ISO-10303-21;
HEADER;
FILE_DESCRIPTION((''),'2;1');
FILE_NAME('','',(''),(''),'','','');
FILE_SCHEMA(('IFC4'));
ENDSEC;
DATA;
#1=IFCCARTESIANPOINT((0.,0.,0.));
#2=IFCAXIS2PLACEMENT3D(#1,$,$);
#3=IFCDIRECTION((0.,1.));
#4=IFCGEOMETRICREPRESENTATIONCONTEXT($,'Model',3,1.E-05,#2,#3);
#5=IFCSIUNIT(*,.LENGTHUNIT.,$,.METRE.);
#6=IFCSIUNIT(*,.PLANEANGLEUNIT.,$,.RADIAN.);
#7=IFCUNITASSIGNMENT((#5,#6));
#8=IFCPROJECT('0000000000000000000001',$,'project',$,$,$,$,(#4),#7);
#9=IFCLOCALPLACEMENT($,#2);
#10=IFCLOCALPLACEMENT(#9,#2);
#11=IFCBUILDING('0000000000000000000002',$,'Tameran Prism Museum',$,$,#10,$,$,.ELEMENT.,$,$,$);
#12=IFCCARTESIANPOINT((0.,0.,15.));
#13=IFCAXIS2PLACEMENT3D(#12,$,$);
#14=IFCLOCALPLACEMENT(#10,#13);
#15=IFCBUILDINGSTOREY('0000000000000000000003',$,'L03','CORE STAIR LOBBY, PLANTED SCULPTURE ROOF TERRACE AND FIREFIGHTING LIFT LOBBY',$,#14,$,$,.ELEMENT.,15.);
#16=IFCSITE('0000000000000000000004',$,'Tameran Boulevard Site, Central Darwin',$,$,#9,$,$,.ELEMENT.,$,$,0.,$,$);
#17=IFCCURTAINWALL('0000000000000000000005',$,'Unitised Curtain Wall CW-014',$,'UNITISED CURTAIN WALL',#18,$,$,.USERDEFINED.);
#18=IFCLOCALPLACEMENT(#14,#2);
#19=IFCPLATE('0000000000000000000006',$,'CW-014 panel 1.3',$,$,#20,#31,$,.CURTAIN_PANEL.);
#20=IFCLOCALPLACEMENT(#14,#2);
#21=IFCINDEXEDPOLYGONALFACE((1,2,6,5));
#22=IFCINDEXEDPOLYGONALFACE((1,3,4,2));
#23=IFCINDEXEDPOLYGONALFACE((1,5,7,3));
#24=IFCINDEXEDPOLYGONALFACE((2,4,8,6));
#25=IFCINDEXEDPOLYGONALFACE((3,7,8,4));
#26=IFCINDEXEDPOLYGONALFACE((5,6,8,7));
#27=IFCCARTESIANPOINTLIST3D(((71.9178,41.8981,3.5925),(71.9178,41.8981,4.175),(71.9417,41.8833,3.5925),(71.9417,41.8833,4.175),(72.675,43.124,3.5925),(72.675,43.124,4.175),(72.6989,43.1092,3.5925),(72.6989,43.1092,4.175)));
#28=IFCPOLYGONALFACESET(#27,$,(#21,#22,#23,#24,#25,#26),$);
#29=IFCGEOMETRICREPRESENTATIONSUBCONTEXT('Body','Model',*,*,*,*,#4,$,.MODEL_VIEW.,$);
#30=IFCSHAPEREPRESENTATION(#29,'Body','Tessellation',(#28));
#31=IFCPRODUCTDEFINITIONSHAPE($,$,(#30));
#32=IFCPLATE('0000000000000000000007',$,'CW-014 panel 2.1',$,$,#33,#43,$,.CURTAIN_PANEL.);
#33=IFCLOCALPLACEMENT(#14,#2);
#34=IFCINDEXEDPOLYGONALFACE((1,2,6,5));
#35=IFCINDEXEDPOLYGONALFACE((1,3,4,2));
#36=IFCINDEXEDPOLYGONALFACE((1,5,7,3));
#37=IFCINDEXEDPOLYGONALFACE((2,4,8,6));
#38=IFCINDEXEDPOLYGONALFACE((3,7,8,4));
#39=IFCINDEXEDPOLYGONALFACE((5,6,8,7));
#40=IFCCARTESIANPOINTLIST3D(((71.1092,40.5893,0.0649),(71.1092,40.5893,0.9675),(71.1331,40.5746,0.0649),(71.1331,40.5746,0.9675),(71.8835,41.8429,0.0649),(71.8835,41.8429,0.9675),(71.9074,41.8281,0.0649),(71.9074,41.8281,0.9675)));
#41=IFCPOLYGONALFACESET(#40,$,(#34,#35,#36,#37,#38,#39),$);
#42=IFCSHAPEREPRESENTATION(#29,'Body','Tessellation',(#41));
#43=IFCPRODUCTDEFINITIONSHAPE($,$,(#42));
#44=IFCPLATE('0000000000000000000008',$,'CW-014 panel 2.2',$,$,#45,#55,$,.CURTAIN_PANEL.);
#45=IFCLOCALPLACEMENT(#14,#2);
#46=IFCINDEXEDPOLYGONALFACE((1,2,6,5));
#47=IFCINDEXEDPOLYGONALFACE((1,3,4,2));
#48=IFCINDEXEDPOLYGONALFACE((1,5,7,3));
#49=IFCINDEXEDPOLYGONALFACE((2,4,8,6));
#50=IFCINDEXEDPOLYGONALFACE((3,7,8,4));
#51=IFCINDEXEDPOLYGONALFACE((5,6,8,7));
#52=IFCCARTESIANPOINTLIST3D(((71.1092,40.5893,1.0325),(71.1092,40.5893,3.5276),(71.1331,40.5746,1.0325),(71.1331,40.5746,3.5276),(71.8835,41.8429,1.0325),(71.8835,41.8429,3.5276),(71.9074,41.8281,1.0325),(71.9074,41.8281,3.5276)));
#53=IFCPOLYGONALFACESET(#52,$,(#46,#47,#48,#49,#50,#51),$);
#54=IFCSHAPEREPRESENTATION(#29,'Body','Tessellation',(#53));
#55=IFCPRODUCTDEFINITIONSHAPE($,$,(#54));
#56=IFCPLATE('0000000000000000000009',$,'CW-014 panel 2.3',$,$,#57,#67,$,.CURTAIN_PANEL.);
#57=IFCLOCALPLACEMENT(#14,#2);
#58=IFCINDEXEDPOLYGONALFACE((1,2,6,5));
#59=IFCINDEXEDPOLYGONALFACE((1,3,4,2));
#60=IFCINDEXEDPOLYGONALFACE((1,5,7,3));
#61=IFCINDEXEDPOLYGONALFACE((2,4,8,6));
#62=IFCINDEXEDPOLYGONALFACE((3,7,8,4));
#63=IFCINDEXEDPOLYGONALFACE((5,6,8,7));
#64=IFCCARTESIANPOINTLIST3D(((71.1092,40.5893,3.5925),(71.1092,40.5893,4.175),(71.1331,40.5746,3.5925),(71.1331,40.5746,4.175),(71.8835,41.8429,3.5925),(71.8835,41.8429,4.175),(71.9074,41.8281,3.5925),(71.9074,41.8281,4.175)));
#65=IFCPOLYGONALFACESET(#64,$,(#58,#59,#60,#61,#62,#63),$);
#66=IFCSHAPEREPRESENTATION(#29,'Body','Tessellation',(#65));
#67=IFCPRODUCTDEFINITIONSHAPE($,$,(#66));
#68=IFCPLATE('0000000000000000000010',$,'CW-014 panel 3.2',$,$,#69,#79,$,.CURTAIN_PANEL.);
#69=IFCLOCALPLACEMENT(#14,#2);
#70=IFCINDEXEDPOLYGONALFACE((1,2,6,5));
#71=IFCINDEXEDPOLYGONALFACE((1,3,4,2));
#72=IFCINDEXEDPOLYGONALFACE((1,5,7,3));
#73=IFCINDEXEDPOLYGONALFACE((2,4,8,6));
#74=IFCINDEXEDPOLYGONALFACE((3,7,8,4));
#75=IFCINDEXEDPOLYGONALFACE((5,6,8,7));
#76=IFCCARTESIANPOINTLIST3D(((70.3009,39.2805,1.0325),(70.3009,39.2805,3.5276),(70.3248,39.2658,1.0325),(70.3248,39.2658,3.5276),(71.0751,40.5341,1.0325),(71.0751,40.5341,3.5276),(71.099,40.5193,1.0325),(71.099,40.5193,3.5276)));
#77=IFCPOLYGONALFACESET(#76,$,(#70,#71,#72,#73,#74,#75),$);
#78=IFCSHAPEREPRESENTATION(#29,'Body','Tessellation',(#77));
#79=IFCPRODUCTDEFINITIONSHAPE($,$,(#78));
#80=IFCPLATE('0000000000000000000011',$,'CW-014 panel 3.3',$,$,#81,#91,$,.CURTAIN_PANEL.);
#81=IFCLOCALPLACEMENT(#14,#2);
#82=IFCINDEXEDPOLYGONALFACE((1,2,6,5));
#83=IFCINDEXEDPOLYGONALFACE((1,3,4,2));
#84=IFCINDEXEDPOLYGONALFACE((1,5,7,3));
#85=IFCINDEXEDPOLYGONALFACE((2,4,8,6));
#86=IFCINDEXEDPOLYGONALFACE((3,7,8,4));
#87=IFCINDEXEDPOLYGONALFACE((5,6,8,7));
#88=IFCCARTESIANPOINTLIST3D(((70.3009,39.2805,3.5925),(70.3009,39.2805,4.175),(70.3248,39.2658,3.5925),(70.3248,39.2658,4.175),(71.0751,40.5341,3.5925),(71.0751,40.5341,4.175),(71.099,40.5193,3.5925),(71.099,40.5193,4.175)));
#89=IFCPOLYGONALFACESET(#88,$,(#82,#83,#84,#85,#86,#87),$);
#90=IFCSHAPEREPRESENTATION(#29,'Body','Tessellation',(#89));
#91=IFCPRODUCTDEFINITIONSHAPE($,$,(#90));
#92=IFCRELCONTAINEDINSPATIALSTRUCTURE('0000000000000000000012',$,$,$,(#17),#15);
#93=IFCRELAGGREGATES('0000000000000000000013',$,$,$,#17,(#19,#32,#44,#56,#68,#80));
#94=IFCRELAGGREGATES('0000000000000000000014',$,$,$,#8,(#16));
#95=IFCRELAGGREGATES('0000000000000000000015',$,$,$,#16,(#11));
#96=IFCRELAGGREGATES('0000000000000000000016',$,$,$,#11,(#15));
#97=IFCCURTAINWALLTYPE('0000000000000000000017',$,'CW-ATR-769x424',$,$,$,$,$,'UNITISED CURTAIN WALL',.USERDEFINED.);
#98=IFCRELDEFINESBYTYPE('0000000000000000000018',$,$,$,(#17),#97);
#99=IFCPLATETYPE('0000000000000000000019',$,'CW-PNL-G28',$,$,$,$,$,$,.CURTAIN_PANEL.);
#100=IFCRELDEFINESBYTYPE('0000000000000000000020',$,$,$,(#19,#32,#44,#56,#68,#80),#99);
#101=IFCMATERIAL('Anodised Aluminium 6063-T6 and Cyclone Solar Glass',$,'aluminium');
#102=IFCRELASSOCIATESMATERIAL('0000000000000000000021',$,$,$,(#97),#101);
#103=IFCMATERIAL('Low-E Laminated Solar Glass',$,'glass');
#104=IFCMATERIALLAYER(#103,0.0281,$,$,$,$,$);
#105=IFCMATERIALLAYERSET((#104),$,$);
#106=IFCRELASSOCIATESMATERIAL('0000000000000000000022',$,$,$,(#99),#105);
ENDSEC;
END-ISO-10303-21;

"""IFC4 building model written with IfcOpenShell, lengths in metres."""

from ifc_helpers import new_model, si_unit, direction, frame, origin, origin_2d, place, context, subcontext, project, spatial, rectangle, extrude, material, layer, layer_set, type_object, element, aggregate, save


model = new_model("IFC4")

# Units and contexts
model_context = context("Model", 3, precision=1e-05, world=origin(), true_north=direction((0.0, 1.0)))
body_context = subcontext(model_context, "Body", "Model", "MODEL_VIEW")
ifc_project = project(units=[si_unit("LENGTHUNIT", "METRE"), si_unit("PLANEANGLEUNIT", "RADIAN")], contexts=[model_context])

# Site, building, storey
site_placement = place(None, origin())
site = spatial("IfcSite", under=ifc_project, at=site_placement, Name="Tameran Boulevard Site, Central Darwin", CompositionType="ELEMENT", RefElevation=0.0)
building_placement = place(site_placement, origin())
building = spatial("IfcBuilding", under=site, at=building_placement, Name="Tameran Prism Museum", CompositionType="ELEMENT")
storey_placement = place(building_placement, frame((0.0, 0.0, 15.0)))
storey = spatial("IfcBuildingStorey", under=building, at=storey_placement, Name="L03", Description="CORE STAIR LOBBY, PLANTED SCULPTURE ROOF TERRACE AND FIREFIGHTING LIFT LOBBY", CompositionType="ELEMENT", Elevation=15.0)

# Curtain wall
ifc_material_1 = material(Name="Anodised Aluminium 6063-T6 and Cyclone Solar Glass", Category="aluminium")
curtain_wall_type_1 = type_object("IfcCurtainWallType", Name="CW-ATR-769x424", ElementType="UNITISED CURTAIN WALL", PredefinedType="USERDEFINED", material=ifc_material_1)
curtain_wall_1_placement = place(storey_placement, origin())
curtain_wall_1 = element("IfcCurtainWall", 1, at=curtain_wall_1_placement, inside=storey, type_object=curtain_wall_type_1, Name="Unitised Curtain Wall CW-014", ObjectType="UNITISED CURTAIN WALL", PredefinedType="USERDEFINED")

# Plates
ifc_material_2 = material(Name="Low-E Laminated Solar Glass", Category="glass")
ifc_layer = layer(ifc_material_2, 0.0281)
ifc_layer_set = layer_set([ifc_layer])
plate_type = type_object("IfcPlateType", Name="CW-PNL-G28", PredefinedType="CURTAIN_PANEL", material=ifc_layer_set)
plate_1_placement = place(storey_placement, frame((72.3083, 42.5037, 3.5925), z_axis=(0.0, 0.0, 1.0), x_axis=(-0.525504, -0.850791, 0.0)))
plate_1 = element("IfcPlate", 2, at=plate_1_placement, type_object=plate_type, Name="CW-014 panel 1.3", PredefinedType="CURTAIN_PANEL", context=body_context, shape_type="SweptSolid", body=[
    extrude(rectangle(XDim=1.4409, YDim=0.0281, at=origin_2d()), origin(), (0.0, 0.0, 1.0), 0.5825),
])
plate_2_placement = place(storey_placement, frame((71.5083, 41.2087, 0.0649), z_axis=(0.0, 0.0, 1.0), x_axis=(-0.525504, -0.850791, 0.0)))
plate_2 = element("IfcPlate", 3, at=plate_2_placement, type_object=plate_type, Name="CW-014 panel 2.1", PredefinedType="CURTAIN_PANEL", context=body_context, shape_type="SweptSolid", body=[
    extrude(rectangle(XDim=1.4734, YDim=0.0281, at=origin_2d()), origin(), (0.0, 0.0, 1.0), 0.9026),
])
plate_3_placement = place(storey_placement, frame((71.5083, 41.2087, 1.0325), z_axis=(0.0, 0.0, 1.0), x_axis=(-0.525504, -0.850791, 0.0)))
plate_3 = element("IfcPlate", 4, at=plate_3_placement, type_object=plate_type, Name="CW-014 panel 2.2", PredefinedType="CURTAIN_PANEL", context=body_context, shape_type="SweptSolid", body=[
    extrude(rectangle(XDim=1.4734, YDim=0.0281, at=origin_2d()), origin(), (0.0, 0.0, 1.0), 2.4951),
])
plate_4_placement = place(storey_placement, frame((71.5083, 41.2087, 3.5925), z_axis=(0.0, 0.0, 1.0), x_axis=(-0.525504, -0.850791, 0.0)))
plate_4 = element("IfcPlate", 5, at=plate_4_placement, type_object=plate_type, Name="CW-014 panel 2.3", PredefinedType="CURTAIN_PANEL", context=body_context, shape_type="SweptSolid", body=[
    extrude(rectangle(XDim=1.4734, YDim=0.0281, at=origin_2d()), origin(), (0.0, 0.0, 1.0), 0.5825),
])
plate_5_placement = place(storey_placement, frame((70.7, 39.8999, 1.0325), z_axis=(0.0, 0.0, 1.0), x_axis=(-0.525504, -0.850791, 0.0)))
plate_5 = element("IfcPlate", 6, at=plate_5_placement, type_object=plate_type, Name="CW-014 panel 3.2", PredefinedType="CURTAIN_PANEL", context=body_context, shape_type="SweptSolid", body=[
    extrude(rectangle(XDim=1.4734, YDim=0.0281, at=origin_2d()), origin(), (0.0, 0.0, 1.0), 2.4951),
])
plate_6_placement = place(storey_placement, frame((70.7, 39.8999, 3.5925), z_axis=(0.0, 0.0, 1.0), x_axis=(-0.525504, -0.850791, 0.0)))
plate_6 = element("IfcPlate", 7, at=plate_6_placement, type_object=plate_type, Name="CW-014 panel 3.3", PredefinedType="CURTAIN_PANEL", context=body_context, shape_type="SweptSolid", body=[
    extrude(rectangle(XDim=1.4734, YDim=0.0281, at=origin_2d()), origin(), (0.0, 0.0, 1.0), 0.5825),
])
aggregate(curtain_wall_1, [plate_1, plate_2, plate_3, plate_4, plate_5, plate_6])

save(model, "model.ifc")
